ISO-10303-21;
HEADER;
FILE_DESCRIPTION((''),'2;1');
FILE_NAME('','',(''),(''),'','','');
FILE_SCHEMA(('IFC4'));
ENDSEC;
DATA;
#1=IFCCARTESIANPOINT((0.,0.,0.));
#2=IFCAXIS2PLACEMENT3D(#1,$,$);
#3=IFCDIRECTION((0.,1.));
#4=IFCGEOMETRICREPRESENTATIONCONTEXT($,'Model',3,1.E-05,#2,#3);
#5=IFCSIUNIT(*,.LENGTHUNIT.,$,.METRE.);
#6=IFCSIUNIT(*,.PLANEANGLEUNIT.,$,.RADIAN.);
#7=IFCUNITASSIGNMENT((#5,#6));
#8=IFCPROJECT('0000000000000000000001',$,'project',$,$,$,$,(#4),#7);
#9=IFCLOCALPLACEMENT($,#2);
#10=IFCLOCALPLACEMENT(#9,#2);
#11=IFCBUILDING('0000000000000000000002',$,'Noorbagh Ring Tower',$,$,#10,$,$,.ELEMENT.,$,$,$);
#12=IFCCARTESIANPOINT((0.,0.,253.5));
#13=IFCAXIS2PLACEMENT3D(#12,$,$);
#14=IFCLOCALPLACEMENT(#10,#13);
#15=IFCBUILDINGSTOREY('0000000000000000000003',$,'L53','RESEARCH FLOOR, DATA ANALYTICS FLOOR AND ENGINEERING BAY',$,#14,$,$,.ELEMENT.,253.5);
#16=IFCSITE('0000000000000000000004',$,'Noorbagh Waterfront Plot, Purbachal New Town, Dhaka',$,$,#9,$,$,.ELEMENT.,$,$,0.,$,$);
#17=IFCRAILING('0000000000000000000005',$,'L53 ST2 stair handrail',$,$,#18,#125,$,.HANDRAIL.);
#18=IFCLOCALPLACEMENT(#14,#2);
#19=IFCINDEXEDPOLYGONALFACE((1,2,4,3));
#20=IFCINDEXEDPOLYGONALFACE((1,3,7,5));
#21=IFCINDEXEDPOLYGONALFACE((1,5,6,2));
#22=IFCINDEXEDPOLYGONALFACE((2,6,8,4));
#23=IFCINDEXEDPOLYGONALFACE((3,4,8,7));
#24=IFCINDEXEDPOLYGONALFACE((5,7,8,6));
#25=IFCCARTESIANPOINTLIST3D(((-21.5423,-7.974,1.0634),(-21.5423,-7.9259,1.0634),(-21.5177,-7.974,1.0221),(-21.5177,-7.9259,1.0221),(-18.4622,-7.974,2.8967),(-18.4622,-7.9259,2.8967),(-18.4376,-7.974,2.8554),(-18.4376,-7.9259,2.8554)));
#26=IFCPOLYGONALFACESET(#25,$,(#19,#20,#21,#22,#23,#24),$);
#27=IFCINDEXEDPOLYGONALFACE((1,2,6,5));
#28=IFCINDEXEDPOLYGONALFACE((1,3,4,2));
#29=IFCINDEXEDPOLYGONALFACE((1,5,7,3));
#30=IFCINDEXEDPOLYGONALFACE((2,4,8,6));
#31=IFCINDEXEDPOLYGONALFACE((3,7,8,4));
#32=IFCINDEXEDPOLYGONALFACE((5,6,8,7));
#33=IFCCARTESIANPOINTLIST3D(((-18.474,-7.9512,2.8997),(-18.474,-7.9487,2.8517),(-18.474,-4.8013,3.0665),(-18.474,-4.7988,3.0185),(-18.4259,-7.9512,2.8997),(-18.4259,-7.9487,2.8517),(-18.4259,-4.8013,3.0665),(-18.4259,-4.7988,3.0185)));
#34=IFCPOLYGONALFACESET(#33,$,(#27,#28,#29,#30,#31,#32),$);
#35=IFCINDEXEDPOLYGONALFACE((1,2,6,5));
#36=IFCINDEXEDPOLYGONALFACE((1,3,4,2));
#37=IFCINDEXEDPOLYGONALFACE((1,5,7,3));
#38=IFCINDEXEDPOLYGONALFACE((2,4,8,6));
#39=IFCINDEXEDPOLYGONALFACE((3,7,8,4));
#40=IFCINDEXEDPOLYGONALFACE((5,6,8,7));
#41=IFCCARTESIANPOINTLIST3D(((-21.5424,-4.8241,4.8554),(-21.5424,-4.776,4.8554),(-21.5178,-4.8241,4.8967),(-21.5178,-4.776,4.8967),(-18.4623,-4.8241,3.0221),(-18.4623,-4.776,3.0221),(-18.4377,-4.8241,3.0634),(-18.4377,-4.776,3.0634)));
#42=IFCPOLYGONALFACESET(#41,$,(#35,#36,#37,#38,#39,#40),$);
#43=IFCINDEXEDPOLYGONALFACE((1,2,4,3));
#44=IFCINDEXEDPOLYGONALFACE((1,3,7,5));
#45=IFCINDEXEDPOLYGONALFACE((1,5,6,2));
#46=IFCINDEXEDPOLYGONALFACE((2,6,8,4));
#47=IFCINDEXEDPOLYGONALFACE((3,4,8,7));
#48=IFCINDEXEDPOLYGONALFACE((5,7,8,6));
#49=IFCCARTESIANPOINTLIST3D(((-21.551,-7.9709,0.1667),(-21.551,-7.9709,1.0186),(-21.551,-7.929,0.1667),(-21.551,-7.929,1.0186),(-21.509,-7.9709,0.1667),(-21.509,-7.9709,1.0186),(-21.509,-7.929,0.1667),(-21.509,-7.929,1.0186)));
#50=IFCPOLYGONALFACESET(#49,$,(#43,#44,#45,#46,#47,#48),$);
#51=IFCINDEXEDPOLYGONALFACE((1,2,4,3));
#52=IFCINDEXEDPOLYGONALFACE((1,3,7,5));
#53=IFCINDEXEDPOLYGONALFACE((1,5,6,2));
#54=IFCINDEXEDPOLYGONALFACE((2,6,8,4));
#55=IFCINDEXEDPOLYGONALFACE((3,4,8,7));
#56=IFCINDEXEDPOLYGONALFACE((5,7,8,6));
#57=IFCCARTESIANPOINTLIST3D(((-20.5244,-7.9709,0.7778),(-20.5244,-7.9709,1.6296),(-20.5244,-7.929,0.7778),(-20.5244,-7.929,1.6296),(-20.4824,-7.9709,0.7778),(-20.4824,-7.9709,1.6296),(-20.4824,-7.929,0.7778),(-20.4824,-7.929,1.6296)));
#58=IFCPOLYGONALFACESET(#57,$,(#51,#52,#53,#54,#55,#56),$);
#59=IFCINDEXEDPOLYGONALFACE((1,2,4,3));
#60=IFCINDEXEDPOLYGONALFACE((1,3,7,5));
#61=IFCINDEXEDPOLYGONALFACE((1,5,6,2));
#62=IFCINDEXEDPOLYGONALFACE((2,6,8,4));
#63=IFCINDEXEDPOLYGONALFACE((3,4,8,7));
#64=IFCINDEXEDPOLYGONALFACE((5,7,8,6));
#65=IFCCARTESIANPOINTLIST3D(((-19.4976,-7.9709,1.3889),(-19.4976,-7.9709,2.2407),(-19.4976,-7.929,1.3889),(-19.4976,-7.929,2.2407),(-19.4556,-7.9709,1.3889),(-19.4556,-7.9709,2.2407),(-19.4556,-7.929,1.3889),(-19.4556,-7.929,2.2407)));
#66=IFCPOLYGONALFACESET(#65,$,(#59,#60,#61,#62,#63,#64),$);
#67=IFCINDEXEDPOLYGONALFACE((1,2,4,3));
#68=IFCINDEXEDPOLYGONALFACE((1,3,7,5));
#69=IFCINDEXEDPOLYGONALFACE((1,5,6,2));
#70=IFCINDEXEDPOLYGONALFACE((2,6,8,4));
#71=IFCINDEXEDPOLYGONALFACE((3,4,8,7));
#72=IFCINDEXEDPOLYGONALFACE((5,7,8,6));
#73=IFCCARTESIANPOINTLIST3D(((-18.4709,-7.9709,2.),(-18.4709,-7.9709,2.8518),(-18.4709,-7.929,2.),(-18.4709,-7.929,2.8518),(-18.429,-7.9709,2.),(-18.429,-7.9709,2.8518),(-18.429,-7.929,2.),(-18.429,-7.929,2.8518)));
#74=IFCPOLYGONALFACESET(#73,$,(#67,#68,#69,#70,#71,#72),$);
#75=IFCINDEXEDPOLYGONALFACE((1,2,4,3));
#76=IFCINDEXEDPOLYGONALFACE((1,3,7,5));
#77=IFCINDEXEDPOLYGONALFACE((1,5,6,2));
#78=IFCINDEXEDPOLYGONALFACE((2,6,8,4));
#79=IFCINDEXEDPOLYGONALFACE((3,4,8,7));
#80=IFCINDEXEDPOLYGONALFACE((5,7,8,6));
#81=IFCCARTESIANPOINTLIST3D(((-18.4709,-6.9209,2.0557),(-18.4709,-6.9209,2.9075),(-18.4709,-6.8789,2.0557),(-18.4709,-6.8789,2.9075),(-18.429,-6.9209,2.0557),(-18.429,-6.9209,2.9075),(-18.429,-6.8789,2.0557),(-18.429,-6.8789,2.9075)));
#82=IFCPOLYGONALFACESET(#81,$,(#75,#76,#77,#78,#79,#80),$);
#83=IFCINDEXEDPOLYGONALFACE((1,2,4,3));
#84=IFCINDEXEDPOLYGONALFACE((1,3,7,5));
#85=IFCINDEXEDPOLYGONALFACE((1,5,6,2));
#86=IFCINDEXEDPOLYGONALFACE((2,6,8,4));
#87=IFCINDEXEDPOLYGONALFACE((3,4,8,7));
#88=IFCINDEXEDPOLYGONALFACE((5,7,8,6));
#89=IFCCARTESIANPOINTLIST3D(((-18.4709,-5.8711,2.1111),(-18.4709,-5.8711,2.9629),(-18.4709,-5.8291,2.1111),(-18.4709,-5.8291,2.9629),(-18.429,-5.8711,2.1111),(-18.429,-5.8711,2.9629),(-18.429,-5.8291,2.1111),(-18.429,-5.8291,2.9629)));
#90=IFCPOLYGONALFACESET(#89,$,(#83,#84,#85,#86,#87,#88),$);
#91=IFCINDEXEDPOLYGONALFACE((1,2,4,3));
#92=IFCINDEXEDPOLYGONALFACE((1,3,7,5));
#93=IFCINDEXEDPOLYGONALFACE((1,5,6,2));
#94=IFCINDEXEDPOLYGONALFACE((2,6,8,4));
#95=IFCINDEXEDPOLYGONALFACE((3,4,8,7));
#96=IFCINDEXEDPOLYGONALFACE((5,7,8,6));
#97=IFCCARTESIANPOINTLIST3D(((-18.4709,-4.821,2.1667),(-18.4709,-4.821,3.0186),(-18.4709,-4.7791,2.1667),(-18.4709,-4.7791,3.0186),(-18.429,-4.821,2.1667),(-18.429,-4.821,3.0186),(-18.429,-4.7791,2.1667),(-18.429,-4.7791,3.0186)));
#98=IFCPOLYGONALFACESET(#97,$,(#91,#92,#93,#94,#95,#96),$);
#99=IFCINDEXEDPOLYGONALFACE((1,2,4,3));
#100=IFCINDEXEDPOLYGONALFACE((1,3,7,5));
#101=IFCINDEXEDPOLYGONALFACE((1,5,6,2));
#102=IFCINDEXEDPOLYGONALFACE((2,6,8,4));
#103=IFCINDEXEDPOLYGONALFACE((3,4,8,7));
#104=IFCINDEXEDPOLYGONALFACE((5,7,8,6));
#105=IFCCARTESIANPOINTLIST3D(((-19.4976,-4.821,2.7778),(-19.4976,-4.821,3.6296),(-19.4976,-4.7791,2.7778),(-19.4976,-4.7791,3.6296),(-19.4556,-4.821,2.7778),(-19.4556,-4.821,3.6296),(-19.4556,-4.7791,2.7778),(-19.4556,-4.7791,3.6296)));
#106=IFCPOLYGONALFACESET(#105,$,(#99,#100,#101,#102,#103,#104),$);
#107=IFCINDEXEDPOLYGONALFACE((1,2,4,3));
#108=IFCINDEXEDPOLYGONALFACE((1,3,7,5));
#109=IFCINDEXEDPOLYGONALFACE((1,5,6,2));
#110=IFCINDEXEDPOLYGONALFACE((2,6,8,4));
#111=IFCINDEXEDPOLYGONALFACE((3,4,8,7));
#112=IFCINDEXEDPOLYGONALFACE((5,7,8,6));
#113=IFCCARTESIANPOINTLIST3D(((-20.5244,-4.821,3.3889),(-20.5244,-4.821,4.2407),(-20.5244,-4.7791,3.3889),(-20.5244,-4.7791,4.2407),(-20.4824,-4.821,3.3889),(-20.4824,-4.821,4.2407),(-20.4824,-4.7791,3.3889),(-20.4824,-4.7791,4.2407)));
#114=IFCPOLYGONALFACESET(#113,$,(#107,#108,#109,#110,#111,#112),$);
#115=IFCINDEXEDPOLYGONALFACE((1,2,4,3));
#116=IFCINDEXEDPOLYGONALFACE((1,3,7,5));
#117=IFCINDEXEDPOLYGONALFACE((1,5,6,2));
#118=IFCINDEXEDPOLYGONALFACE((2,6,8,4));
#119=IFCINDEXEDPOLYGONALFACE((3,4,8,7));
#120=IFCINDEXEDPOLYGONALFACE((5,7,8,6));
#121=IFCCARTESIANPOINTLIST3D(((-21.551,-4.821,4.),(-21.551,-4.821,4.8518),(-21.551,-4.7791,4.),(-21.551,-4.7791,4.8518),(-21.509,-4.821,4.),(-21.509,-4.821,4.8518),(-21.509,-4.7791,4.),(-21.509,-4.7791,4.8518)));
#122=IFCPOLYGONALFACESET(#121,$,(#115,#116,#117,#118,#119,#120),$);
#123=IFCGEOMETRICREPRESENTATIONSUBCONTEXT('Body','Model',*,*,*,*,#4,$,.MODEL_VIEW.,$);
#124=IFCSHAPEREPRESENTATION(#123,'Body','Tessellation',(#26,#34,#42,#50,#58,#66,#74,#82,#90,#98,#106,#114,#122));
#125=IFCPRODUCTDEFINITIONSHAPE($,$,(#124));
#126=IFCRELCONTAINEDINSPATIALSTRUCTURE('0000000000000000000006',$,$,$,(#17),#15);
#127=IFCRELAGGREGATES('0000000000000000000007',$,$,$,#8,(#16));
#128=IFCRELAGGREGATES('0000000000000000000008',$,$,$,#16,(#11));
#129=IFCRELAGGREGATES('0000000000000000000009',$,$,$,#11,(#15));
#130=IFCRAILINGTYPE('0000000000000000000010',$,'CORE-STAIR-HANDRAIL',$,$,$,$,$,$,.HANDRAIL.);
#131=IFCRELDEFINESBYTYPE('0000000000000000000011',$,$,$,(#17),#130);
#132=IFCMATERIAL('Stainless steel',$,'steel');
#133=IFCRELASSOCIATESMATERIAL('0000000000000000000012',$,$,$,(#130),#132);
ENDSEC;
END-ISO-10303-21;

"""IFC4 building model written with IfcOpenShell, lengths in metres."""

from ifc_helpers import new_model, si_unit, direction, frame, origin, origin_2d, place, context, subcontext, project, spatial, rectangle, extrude, material, type_object, element, save


model = new_model("IFC4")

# Units and contexts
model_context = context("Model", 3, precision=1e-05, world=origin(), true_north=direction((0.0, 1.0)))
body_context = subcontext(model_context, "Body", "Model", "MODEL_VIEW")
ifc_project = project(units=[si_unit("LENGTHUNIT", "METRE"), si_unit("PLANEANGLEUNIT", "RADIAN")], contexts=[model_context])

# Site, building, storey
site_placement = place(None, origin())
site = spatial("IfcSite", under=ifc_project, at=site_placement, Name="Noorbagh Waterfront Plot, Purbachal New Town, Dhaka", CompositionType="ELEMENT", RefElevation=0.0)
building_placement = place(site_placement, origin())
building = spatial("IfcBuilding", under=site, at=building_placement, Name="Noorbagh Ring Tower", CompositionType="ELEMENT")
storey_placement = place(building_placement, frame((0.0, 0.0, 253.5)))
storey = spatial("IfcBuildingStorey", under=building, at=storey_placement, Name="L53", Description="RESEARCH FLOOR, DATA ANALYTICS FLOOR AND ENGINEERING BAY", CompositionType="ELEMENT", Elevation=253.5)

# Railing
ifc_material_1 = material(Name="Stainless steel", Category="steel")
railing_type_1 = type_object("IfcRailingType", Name="CORE-STAIR-HANDRAIL", PredefinedType="HANDRAIL", material=ifc_material_1)
railing_1_placement = place(storey_placement, frame((-21.53, -7.95, 0.1667)))
element("IfcRailing", 1, at=railing_1_placement, inside=storey, type_object=railing_type_1, Name="L53 ST2 stair handrail", PredefinedType="HANDRAIL", context=body_context, shape_type="SweptSolid", body=[
    extrude(rectangle(XDim=0.0481, YDim=0.0481, at=origin_2d()), frame((0.0, 0.0, 0.876), z_axis=(0.859309, 0.0, 0.511458), x_axis=(0.0, 1.0, 0.0)), (0.0, 0.0, 1.0), 3.5845),
    extrude(rectangle(XDim=0.0481, YDim=0.0481, at=origin_2d()), frame((3.0801, 0.0, 2.709), z_axis=(0.0, 0.998602, 0.052864), x_axis=(-1.0, 0.0, 0.0)), (0.0, 0.0, 1.0), 3.1543),
    extrude(rectangle(XDim=0.0481, YDim=0.0481, at=origin_2d()), frame((3.0801, 3.1499, 2.876), z_axis=(-0.859309, 0.0, 0.511458), x_axis=(0.0, -1.0, 0.0)), (0.0, 0.0, 1.0), 3.5845),
    extrude(rectangle(XDim=0.042, YDim=0.042, at=origin_2d()), origin(), (0.0, 0.0, 1.0), 0.8518),
    extrude(rectangle(XDim=0.042, YDim=0.042, at=origin_2d()), frame((1.0266, 0.0, 0.6111)), (0.0, 0.0, 1.0), 0.8518),
    extrude(rectangle(XDim=0.042, YDim=0.042, at=origin_2d()), frame((2.0535, 0.0, 1.2222)), (0.0, 0.0, 1.0), 0.8518),
    extrude(rectangle(XDim=0.042, YDim=0.042, at=origin_2d()), frame((3.0801, 0.0, 1.8333)), (0.0, 0.0, 1.0), 0.8518),
    extrude(rectangle(XDim=0.042, YDim=0.042, at=origin_2d()), frame((3.0801, 1.05, 1.8889)), (0.0, 0.0, 1.0), 0.8518),
    extrude(rectangle(XDim=0.042, YDim=0.042, at=origin_2d()), frame((3.0801, 2.0999, 1.9443)), (0.0, 0.0, 1.0), 0.8518),
    extrude(rectangle(XDim=0.042, YDim=0.042, at=origin_2d()), frame((3.0801, 3.1499, 2.0)), (0.0, 0.0, 1.0), 0.8518),
    extrude(rectangle(XDim=0.042, YDim=0.042, at=origin_2d()), frame((2.0535, 3.1499, 2.6111)), (0.0, 0.0, 1.0), 0.8518),
    extrude(rectangle(XDim=0.042, YDim=0.042, at=origin_2d()), frame((1.0266, 3.1499, 3.2222)), (0.0, 0.0, 1.0), 0.8518),
    extrude(rectangle(XDim=0.042, YDim=0.042, at=origin_2d()), frame((0.0, 3.1499, 3.8333)), (0.0, 0.0, 1.0), 0.8518),
])

save(model, "model.ifc")
